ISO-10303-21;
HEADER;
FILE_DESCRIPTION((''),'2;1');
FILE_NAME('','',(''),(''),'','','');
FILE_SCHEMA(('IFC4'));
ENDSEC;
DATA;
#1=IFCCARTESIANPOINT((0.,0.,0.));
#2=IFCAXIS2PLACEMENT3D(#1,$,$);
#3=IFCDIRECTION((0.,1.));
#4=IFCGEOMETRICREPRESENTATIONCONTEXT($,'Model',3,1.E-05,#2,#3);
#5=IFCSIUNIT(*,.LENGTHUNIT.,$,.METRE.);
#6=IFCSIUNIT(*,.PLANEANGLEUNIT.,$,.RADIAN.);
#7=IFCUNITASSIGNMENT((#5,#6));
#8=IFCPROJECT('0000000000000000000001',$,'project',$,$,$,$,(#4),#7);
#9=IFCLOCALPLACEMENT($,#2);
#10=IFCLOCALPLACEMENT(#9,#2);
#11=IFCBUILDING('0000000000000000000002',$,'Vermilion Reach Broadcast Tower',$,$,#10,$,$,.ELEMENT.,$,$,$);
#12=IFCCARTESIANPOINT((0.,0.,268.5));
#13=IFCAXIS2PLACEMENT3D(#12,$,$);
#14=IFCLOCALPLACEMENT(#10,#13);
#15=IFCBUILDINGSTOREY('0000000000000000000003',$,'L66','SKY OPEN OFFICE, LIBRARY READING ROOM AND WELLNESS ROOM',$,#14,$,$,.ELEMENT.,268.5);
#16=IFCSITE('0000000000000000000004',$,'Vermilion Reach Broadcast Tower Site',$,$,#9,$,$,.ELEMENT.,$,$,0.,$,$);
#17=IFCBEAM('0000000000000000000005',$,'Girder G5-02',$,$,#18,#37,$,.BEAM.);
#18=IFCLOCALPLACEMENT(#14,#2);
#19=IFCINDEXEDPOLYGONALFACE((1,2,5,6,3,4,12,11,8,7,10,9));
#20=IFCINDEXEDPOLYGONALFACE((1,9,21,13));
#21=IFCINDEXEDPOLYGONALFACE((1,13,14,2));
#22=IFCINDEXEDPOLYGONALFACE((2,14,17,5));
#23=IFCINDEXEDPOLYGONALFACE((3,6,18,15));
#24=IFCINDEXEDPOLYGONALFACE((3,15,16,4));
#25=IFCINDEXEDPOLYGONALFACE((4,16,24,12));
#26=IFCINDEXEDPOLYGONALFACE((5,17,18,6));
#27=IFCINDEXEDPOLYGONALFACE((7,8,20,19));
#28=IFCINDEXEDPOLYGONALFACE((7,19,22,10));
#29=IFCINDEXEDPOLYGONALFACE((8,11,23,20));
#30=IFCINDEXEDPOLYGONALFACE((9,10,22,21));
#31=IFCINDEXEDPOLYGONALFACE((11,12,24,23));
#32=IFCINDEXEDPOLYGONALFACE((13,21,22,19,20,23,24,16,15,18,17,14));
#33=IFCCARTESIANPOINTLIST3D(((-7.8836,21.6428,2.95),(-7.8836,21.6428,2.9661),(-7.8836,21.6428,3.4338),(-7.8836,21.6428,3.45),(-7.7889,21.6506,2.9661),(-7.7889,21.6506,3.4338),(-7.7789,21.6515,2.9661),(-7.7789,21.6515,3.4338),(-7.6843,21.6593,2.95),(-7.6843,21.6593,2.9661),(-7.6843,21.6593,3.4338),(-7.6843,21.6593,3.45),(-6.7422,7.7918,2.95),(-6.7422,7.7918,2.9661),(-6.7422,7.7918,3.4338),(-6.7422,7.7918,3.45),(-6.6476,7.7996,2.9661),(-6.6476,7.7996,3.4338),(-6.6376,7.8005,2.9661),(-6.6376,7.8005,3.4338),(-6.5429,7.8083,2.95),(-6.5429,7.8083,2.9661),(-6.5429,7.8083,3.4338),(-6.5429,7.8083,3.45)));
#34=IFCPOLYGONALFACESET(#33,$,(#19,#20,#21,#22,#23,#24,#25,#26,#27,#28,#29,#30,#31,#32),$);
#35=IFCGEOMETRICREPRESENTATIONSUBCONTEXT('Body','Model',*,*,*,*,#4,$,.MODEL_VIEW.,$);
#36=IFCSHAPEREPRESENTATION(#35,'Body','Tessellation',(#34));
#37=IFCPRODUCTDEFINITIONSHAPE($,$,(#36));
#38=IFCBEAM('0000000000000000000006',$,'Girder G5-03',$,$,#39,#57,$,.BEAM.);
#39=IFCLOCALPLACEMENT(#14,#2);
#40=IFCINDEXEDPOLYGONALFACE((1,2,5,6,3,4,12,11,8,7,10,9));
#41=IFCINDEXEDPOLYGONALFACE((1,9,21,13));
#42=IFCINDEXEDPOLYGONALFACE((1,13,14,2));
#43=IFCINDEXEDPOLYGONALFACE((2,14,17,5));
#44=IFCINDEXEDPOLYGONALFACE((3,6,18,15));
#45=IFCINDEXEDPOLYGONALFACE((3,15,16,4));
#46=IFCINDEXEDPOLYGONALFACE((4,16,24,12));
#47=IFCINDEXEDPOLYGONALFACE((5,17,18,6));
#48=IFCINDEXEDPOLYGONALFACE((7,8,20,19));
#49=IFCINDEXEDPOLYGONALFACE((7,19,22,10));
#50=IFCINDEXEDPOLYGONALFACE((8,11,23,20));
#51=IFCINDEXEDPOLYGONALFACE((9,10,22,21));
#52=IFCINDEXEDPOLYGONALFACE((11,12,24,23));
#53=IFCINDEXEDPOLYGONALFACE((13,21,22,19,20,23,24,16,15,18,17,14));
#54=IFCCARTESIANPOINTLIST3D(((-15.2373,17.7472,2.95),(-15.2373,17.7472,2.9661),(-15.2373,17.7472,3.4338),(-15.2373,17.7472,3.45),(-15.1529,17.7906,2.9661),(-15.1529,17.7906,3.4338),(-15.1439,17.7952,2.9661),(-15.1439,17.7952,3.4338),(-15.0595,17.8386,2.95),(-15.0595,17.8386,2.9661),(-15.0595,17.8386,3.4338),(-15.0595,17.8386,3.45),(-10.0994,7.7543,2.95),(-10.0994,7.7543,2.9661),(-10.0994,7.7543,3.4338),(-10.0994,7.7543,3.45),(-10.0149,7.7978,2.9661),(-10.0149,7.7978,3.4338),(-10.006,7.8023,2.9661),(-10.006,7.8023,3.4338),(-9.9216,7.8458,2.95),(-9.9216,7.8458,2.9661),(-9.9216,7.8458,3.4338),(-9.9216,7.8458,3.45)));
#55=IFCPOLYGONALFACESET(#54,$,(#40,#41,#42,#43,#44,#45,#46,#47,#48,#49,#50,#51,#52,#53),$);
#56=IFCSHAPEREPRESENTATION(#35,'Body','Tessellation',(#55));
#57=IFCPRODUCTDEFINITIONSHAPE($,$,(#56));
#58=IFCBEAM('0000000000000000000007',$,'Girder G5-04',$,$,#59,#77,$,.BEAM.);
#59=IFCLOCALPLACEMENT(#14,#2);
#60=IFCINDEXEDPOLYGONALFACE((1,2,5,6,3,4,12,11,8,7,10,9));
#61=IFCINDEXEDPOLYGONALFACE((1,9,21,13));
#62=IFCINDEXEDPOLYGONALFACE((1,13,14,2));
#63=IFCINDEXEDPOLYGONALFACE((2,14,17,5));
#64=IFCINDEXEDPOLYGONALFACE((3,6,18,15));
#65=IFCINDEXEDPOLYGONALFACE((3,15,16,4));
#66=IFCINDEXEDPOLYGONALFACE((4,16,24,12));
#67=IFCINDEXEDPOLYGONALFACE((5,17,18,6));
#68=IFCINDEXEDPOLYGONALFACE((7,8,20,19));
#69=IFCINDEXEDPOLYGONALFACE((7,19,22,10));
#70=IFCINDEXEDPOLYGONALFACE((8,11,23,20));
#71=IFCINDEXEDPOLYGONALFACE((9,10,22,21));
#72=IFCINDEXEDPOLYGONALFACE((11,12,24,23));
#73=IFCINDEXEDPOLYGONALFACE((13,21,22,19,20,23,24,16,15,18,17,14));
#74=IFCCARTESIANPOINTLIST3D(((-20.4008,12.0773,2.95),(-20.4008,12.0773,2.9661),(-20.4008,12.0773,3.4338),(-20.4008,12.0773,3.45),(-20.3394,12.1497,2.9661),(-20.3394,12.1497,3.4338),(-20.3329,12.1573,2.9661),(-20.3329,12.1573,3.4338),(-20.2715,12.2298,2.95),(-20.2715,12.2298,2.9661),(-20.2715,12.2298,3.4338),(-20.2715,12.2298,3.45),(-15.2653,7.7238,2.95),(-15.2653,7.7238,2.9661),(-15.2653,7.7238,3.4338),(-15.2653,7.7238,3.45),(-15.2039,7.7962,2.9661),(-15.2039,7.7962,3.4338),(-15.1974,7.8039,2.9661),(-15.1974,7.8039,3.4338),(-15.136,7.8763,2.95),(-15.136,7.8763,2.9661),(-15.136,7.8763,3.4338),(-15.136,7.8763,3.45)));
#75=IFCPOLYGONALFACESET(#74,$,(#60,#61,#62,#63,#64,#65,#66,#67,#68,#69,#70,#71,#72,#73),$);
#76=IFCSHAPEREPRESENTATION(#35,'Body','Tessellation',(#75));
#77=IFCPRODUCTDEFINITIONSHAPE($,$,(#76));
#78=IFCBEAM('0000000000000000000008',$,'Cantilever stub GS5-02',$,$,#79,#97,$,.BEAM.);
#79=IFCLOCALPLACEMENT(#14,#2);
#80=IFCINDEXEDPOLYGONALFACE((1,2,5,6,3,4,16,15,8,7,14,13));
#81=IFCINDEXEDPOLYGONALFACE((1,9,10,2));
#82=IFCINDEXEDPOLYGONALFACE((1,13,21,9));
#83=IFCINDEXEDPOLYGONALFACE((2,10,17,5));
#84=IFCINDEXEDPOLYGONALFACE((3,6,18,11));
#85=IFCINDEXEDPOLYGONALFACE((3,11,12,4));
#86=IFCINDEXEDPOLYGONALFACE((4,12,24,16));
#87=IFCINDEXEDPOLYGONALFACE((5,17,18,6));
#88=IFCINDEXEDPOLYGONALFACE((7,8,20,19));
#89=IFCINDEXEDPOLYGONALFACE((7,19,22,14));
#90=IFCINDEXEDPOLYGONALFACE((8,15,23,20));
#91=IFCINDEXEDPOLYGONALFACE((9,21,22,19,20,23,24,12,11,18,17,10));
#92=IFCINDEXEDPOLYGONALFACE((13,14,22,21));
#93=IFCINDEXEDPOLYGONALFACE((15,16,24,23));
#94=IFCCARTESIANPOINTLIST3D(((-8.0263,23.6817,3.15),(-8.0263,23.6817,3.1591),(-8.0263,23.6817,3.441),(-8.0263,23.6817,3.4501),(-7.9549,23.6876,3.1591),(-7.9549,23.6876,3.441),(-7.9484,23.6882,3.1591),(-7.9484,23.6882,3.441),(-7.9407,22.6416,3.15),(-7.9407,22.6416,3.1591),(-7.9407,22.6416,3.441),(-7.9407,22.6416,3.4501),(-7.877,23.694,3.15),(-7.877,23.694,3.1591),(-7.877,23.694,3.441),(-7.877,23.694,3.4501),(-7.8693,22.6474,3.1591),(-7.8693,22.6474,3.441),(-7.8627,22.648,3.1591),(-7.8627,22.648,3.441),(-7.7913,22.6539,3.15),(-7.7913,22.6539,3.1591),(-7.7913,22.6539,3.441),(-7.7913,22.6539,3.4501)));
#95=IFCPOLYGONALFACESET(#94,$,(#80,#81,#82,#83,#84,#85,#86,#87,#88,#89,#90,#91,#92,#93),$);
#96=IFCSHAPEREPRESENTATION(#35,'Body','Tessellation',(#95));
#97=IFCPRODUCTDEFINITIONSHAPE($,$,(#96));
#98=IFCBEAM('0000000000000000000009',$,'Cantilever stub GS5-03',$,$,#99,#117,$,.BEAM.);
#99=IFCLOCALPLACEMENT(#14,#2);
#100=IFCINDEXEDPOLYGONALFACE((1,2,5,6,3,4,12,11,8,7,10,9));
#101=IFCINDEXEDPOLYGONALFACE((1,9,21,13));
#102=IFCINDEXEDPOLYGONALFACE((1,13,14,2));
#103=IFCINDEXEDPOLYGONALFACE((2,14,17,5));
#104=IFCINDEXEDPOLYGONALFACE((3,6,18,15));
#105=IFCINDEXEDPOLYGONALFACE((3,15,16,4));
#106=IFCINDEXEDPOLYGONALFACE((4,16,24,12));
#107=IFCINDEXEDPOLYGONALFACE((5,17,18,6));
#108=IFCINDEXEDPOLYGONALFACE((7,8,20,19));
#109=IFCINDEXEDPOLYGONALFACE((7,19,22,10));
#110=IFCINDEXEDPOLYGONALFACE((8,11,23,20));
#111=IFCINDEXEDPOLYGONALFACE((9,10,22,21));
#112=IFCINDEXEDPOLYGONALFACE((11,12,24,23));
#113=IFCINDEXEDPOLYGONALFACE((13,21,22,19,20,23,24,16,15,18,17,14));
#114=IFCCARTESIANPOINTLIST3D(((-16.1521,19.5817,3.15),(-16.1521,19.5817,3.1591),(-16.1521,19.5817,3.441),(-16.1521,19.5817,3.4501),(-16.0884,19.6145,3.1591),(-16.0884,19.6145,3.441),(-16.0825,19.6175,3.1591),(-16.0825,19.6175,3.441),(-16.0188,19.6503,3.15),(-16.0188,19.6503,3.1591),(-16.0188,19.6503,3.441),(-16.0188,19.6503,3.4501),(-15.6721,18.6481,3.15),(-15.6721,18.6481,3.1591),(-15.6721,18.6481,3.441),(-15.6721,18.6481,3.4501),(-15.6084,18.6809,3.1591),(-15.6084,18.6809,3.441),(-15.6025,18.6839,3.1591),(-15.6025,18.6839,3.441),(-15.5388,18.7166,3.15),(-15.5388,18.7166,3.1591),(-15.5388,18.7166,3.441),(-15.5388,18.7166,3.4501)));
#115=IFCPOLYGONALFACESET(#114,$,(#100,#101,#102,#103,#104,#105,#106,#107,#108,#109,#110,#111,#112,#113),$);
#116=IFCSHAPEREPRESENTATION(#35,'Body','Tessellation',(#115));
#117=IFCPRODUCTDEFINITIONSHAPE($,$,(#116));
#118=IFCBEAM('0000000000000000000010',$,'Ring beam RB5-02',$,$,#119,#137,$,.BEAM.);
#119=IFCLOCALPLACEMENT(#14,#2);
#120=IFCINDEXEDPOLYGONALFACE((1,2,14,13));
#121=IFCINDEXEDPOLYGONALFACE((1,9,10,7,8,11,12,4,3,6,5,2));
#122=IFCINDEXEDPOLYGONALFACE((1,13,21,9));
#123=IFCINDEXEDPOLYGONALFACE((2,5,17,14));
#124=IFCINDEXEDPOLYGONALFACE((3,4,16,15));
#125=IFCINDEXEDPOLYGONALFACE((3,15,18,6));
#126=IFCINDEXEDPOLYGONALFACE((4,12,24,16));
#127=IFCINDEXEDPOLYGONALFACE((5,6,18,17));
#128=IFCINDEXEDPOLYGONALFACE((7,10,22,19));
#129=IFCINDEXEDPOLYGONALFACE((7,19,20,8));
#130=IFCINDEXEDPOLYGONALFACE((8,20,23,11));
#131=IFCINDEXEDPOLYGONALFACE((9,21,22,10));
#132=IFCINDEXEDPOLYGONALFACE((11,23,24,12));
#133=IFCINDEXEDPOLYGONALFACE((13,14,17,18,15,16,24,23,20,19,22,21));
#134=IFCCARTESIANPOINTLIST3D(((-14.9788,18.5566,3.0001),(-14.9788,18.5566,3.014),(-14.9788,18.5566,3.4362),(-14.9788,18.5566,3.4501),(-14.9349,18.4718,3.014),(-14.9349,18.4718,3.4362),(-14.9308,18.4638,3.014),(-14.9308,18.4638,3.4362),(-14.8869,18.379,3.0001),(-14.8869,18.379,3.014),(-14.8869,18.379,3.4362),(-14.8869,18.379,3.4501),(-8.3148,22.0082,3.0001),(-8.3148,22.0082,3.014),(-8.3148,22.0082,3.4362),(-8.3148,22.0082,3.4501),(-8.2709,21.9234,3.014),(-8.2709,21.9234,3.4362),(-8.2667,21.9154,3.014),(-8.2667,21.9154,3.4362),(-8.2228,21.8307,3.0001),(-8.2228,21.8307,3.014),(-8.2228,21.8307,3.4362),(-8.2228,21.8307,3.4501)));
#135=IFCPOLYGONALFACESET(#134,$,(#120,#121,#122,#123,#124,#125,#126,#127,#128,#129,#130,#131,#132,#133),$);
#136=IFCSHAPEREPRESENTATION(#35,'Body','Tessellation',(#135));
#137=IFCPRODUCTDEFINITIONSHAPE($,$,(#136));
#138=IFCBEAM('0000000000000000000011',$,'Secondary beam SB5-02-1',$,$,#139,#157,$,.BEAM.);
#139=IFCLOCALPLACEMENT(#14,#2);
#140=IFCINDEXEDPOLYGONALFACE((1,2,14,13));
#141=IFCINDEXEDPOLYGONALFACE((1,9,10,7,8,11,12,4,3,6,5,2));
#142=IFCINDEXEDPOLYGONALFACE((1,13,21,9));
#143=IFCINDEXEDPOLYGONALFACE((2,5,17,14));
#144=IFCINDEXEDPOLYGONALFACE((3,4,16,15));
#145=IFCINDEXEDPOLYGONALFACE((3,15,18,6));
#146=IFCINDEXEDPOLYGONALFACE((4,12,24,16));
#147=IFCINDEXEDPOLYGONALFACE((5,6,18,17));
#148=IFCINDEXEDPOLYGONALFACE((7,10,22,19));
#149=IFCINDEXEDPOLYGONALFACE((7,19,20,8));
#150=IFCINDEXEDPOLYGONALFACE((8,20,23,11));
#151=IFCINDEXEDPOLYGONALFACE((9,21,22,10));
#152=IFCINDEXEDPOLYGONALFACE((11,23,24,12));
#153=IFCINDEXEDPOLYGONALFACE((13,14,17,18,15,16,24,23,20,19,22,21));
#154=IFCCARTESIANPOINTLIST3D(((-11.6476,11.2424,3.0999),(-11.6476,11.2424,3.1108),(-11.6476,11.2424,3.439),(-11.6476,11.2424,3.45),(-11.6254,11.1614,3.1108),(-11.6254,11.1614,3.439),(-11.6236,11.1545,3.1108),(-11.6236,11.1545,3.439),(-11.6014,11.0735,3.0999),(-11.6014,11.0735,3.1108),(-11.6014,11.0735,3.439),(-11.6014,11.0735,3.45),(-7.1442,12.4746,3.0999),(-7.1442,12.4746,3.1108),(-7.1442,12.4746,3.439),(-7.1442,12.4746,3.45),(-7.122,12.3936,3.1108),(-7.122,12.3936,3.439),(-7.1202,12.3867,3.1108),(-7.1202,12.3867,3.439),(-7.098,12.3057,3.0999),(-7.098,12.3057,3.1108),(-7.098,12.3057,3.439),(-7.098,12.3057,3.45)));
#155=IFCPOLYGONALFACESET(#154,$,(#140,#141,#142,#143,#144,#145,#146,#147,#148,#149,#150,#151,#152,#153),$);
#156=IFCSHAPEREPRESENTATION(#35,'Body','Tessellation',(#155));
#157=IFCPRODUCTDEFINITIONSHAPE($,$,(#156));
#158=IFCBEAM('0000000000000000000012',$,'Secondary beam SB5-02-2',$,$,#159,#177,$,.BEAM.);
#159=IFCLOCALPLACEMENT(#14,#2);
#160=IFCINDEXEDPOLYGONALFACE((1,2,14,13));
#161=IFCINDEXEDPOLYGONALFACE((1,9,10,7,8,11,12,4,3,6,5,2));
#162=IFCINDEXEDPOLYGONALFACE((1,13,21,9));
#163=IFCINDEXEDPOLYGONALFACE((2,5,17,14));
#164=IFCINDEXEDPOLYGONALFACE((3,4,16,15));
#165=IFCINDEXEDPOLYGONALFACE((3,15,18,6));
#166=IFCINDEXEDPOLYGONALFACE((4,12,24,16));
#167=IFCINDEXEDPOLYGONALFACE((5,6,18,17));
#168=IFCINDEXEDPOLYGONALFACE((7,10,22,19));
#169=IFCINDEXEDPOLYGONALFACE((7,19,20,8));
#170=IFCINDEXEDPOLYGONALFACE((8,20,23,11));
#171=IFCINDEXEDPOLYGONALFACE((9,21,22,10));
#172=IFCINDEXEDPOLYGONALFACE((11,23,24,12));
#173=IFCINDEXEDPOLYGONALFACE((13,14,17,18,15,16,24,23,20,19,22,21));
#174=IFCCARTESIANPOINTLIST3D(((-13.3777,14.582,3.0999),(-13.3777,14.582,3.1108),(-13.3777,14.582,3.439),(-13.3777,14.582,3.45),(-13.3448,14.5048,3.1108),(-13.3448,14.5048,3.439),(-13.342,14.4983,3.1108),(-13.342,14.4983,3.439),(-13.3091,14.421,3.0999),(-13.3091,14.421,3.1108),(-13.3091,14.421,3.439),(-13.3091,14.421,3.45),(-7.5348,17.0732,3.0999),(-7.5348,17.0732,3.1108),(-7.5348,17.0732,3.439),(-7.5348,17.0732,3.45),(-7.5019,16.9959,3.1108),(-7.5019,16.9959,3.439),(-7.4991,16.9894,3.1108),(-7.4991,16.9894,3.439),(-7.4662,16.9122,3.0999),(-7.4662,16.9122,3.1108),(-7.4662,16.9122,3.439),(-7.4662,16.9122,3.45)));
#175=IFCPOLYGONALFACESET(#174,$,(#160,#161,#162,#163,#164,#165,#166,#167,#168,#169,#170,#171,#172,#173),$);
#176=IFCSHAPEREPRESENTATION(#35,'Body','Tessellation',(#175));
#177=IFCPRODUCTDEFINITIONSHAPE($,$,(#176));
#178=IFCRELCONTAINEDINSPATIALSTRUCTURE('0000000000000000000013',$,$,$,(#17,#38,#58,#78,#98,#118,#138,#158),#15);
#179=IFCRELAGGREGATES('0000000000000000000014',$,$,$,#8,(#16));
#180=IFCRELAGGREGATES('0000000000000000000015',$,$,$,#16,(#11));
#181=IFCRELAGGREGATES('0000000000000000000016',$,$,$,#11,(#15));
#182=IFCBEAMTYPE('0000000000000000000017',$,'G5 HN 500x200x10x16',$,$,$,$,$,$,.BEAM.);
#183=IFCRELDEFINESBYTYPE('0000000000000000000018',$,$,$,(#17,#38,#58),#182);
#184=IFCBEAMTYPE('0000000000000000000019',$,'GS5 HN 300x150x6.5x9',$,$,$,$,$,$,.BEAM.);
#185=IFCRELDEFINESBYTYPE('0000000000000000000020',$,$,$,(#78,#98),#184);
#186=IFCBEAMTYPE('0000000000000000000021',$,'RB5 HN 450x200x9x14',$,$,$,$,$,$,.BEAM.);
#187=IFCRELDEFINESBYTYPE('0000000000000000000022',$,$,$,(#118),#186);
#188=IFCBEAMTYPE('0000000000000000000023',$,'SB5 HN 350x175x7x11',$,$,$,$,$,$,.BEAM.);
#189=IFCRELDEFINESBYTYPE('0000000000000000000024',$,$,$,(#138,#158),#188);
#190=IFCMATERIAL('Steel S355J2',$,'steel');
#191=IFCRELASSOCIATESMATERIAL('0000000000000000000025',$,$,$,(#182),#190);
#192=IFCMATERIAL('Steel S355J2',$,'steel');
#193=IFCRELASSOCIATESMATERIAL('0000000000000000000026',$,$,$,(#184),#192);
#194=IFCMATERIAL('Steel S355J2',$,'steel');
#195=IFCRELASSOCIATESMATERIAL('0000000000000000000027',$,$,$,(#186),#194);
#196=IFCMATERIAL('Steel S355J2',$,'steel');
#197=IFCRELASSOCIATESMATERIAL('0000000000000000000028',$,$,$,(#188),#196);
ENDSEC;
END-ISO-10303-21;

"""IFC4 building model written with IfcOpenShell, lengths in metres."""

from ifc_helpers import new_model, si_unit, direction, frame, origin, origin_2d, place, context, subcontext, project, spatial, i_section, extrude, material, material_profile, profile_set, type_object, element, save


model = new_model("IFC4")

# Units and contexts
model_context = context("Model", 3, precision=1e-05, world=origin(), true_north=direction((0.0, 1.0)))
body_context = subcontext(model_context, "Body", "Model", "MODEL_VIEW")
ifc_project = project(units=[si_unit("LENGTHUNIT", "METRE"), si_unit("PLANEANGLEUNIT", "RADIAN")], contexts=[model_context])

# Site, building, storey
site_placement = place(None, origin())
site = spatial("IfcSite", under=ifc_project, at=site_placement, Name="Vermilion Reach Broadcast Tower Site", CompositionType="ELEMENT", RefElevation=0.0)
building_placement = place(site_placement, origin())
building = spatial("IfcBuilding", under=site, at=building_placement, Name="Vermilion Reach Broadcast Tower", CompositionType="ELEMENT")
storey_placement = place(building_placement, frame((0.0, 0.0, 268.5)))
storey = spatial("IfcBuildingStorey", under=building, at=storey_placement, Name="L66", Description="SKY OPEN OFFICE, LIBRARY READING ROOM AND WELLNESS ROOM", CompositionType="ELEMENT", Elevation=268.5)

# Beams
ifc_material_1 = material(Name="Steel S355J2", Category="steel")
ifc_material_profile_1 = material_profile(ifc_material_1, i_section(OverallWidth=0.2, OverallDepth=0.5, WebThickness=0.01, FlangeThickness=0.0161, at=origin_2d()), Name="S355J2 HN 500x200x10x16")
ifc_profile_set_1 = profile_set([ifc_material_profile_1], Name="Steel S355J2")
beam_type_1 = type_object("IfcBeamType", Name="G5 HN 500x200x10x16", PredefinedType="BEAM", material=ifc_profile_set_1)
beam_1_placement = place(storey_placement, frame((-6.6426, 7.8, 3.2), z_axis=(-0.082124, 0.996622, 0.0), x_axis=(-0.996622, -0.082124, 0.0)))
element("IfcBeam", 1, at=beam_1_placement, inside=storey, type_object=beam_type_1, Name="Girder G5-02", PredefinedType="BEAM", context=body_context, shape_type="SweptSolid", body=[
    extrude(i_section(OverallWidth=0.2, OverallDepth=0.5, WebThickness=0.01, FlangeThickness=0.0161, at=origin_2d()), origin(), (0.0, 0.0, 1.0), 13.8979),
])
beam_2_placement = place(storey_placement, frame((-10.0105, 7.8, 3.2), z_axis=(-0.457258, 0.889334, 0.0), x_axis=(-0.889334, -0.457258, 0.0)))
element("IfcBeam", 2, at=beam_2_placement, inside=storey, type_object=beam_type_1, Name="Girder G5-03", PredefinedType="BEAM", context=body_context, shape_type="SweptSolid", body=[
    extrude(i_section(OverallWidth=0.2, OverallDepth=0.5, WebThickness=0.01, FlangeThickness=0.0161, at=origin_2d()), origin(), (0.0, 0.0, 1.0), 11.2363),
])
beam_3_placement = place(storey_placement, frame((-15.2007, 7.8, 3.2), z_axis=(-0.762793, 0.646643, 0.0), x_axis=(-0.646643, -0.762793, 0.0)))
element("IfcBeam", 3, at=beam_3_placement, inside=storey, type_object=beam_type_1, Name="Girder G5-04", PredefinedType="BEAM", context=body_context, shape_type="SweptSolid", body=[
    extrude(i_section(OverallWidth=0.2, OverallDepth=0.5, WebThickness=0.01, FlangeThickness=0.0161, at=origin_2d()), origin(), (0.0, 0.0, 1.0), 6.7324),
])
ifc_material_2 = material(Name="Steel S355J2", Category="steel")
ifc_material_profile_2 = material_profile(ifc_material_2, i_section(OverallWidth=0.1499, OverallDepth=0.3, WebThickness=0.0066, FlangeThickness=0.009, at=origin_2d()), Name="S355J2 HN 300x150x6.5x9")
ifc_profile_set_2 = profile_set([ifc_material_profile_2], Name="Steel S355J2")
beam_type_2 = type_object("IfcBeamType", Name="GS5 HN 300x150x6.5x9", PredefinedType="BEAM", material=ifc_profile_set_2)
beam_4_placement = place(storey_placement, frame((-7.866, 22.6477, 3.3), z_axis=(-0.082097, 0.996624, 0.0), x_axis=(-0.996624, -0.082097, 0.0)))
element("IfcBeam", 4, at=beam_4_placement, inside=storey, type_object=beam_type_2, Name="Cantilever stub GS5-02", PredefinedType="BEAM", context=body_context, shape_type="SweptSolid", body=[
    extrude(i_section(OverallWidth=0.1499, OverallDepth=0.3, WebThickness=0.0066, FlangeThickness=0.009, at=origin_2d()), origin(), (0.0, 0.0, 1.0), 1.0437),
])
beam_5_placement = place(storey_placement, frame((-15.6055, 18.6824, 3.3), z_axis=(-0.457232, 0.889347, 0.0), x_axis=(-0.889347, -0.457232, 0.0)))
element("IfcBeam", 5, at=beam_5_placement, inside=storey, type_object=beam_type_2, Name="Cantilever stub GS5-03", PredefinedType="BEAM", context=body_context, shape_type="SweptSolid", body=[
    extrude(i_section(OverallWidth=0.1499, OverallDepth=0.3, WebThickness=0.0066, FlangeThickness=0.009, at=origin_2d()), origin(), (0.0, 0.0, 1.0), 1.0498),
])
ifc_material_3 = material(Name="Steel S355J2", Category="steel")
ifc_material_profile_3 = material_profile(ifc_material_3, i_section(OverallWidth=0.2, OverallDepth=0.45, WebThickness=0.009, FlangeThickness=0.0139, at=origin_2d()), Name="S355J2 HN 450x200x9x14")
ifc_profile_set_3 = profile_set([ifc_material_profile_3], Name="Steel S355J2")
beam_type_3 = type_object("IfcBeamType", Name="RB5 HN 450x200x9x14", PredefinedType="BEAM", material=ifc_profile_set_3)
beam_6_placement = place(storey_placement, frame((-8.2688, 21.9194, 3.2251), z_axis=(-0.88796, -0.45992, 0.0), x_axis=(0.45992, -0.88796, 0.0)))
element("IfcBeam", 6, at=beam_6_placement, inside=storey, type_object=beam_type_3, Name="Ring beam RB5-02", PredefinedType="BEAM", context=body_context, shape_type="SweptSolid", body=[
    extrude(i_section(OverallWidth=0.2, OverallDepth=0.45, WebThickness=0.009, FlangeThickness=0.0139, at=origin_2d()), origin(), (0.0, 0.0, 1.0), 7.5049),
])
ifc_material_4 = material(Name="Steel S355J2", Category="steel")
ifc_material_profile_4 = material_profile(ifc_material_4, i_section(OverallWidth=0.175, OverallDepth=0.3501, WebThickness=0.0071, FlangeThickness=0.011, at=origin_2d()), Name="S355J2 HN 350x175x7x11")
ifc_profile_set_4 = profile_set([ifc_material_profile_4], Name="Steel S355J2")
beam_type_4 = type_object("IfcBeamType", Name="SB5 HN 350x175x7x11", PredefinedType="BEAM", material=ifc_profile_set_4)
beam_7_placement = place(storey_placement, frame((-7.1211, 12.3901, 3.2749), z_axis=(-0.964547, -0.263909, 0.0), x_axis=(0.263909, -0.964547, 0.0)))
element("IfcBeam", 7, at=beam_7_placement, inside=storey, type_object=beam_type_4, Name="Secondary beam SB5-02-1", PredefinedType="BEAM", context=body_context, shape_type="SweptSolid", body=[
    extrude(i_section(OverallWidth=0.175, OverallDepth=0.3501, WebThickness=0.0071, FlangeThickness=0.011, at=origin_2d()), origin(), (0.0, 0.0, 1.0), 4.6689),
])
beam_8_placement = place(storey_placement, frame((-7.5005, 16.9927, 3.2749), z_axis=(-0.919881, -0.392198, 0.0), x_axis=(0.392198, -0.919881, 0.0)))
element("IfcBeam", 8, at=beam_8_placement, inside=storey, type_object=beam_type_4, Name="Secondary beam SB5-02-2", PredefinedType="BEAM", context=body_context, shape_type="SweptSolid", body=[
    extrude(i_section(OverallWidth=0.175, OverallDepth=0.3501, WebThickness=0.0071, FlangeThickness=0.011, at=origin_2d()), origin(), (0.0, 0.0, 1.0), 6.3518),
])

save(model, "model.ifc")
